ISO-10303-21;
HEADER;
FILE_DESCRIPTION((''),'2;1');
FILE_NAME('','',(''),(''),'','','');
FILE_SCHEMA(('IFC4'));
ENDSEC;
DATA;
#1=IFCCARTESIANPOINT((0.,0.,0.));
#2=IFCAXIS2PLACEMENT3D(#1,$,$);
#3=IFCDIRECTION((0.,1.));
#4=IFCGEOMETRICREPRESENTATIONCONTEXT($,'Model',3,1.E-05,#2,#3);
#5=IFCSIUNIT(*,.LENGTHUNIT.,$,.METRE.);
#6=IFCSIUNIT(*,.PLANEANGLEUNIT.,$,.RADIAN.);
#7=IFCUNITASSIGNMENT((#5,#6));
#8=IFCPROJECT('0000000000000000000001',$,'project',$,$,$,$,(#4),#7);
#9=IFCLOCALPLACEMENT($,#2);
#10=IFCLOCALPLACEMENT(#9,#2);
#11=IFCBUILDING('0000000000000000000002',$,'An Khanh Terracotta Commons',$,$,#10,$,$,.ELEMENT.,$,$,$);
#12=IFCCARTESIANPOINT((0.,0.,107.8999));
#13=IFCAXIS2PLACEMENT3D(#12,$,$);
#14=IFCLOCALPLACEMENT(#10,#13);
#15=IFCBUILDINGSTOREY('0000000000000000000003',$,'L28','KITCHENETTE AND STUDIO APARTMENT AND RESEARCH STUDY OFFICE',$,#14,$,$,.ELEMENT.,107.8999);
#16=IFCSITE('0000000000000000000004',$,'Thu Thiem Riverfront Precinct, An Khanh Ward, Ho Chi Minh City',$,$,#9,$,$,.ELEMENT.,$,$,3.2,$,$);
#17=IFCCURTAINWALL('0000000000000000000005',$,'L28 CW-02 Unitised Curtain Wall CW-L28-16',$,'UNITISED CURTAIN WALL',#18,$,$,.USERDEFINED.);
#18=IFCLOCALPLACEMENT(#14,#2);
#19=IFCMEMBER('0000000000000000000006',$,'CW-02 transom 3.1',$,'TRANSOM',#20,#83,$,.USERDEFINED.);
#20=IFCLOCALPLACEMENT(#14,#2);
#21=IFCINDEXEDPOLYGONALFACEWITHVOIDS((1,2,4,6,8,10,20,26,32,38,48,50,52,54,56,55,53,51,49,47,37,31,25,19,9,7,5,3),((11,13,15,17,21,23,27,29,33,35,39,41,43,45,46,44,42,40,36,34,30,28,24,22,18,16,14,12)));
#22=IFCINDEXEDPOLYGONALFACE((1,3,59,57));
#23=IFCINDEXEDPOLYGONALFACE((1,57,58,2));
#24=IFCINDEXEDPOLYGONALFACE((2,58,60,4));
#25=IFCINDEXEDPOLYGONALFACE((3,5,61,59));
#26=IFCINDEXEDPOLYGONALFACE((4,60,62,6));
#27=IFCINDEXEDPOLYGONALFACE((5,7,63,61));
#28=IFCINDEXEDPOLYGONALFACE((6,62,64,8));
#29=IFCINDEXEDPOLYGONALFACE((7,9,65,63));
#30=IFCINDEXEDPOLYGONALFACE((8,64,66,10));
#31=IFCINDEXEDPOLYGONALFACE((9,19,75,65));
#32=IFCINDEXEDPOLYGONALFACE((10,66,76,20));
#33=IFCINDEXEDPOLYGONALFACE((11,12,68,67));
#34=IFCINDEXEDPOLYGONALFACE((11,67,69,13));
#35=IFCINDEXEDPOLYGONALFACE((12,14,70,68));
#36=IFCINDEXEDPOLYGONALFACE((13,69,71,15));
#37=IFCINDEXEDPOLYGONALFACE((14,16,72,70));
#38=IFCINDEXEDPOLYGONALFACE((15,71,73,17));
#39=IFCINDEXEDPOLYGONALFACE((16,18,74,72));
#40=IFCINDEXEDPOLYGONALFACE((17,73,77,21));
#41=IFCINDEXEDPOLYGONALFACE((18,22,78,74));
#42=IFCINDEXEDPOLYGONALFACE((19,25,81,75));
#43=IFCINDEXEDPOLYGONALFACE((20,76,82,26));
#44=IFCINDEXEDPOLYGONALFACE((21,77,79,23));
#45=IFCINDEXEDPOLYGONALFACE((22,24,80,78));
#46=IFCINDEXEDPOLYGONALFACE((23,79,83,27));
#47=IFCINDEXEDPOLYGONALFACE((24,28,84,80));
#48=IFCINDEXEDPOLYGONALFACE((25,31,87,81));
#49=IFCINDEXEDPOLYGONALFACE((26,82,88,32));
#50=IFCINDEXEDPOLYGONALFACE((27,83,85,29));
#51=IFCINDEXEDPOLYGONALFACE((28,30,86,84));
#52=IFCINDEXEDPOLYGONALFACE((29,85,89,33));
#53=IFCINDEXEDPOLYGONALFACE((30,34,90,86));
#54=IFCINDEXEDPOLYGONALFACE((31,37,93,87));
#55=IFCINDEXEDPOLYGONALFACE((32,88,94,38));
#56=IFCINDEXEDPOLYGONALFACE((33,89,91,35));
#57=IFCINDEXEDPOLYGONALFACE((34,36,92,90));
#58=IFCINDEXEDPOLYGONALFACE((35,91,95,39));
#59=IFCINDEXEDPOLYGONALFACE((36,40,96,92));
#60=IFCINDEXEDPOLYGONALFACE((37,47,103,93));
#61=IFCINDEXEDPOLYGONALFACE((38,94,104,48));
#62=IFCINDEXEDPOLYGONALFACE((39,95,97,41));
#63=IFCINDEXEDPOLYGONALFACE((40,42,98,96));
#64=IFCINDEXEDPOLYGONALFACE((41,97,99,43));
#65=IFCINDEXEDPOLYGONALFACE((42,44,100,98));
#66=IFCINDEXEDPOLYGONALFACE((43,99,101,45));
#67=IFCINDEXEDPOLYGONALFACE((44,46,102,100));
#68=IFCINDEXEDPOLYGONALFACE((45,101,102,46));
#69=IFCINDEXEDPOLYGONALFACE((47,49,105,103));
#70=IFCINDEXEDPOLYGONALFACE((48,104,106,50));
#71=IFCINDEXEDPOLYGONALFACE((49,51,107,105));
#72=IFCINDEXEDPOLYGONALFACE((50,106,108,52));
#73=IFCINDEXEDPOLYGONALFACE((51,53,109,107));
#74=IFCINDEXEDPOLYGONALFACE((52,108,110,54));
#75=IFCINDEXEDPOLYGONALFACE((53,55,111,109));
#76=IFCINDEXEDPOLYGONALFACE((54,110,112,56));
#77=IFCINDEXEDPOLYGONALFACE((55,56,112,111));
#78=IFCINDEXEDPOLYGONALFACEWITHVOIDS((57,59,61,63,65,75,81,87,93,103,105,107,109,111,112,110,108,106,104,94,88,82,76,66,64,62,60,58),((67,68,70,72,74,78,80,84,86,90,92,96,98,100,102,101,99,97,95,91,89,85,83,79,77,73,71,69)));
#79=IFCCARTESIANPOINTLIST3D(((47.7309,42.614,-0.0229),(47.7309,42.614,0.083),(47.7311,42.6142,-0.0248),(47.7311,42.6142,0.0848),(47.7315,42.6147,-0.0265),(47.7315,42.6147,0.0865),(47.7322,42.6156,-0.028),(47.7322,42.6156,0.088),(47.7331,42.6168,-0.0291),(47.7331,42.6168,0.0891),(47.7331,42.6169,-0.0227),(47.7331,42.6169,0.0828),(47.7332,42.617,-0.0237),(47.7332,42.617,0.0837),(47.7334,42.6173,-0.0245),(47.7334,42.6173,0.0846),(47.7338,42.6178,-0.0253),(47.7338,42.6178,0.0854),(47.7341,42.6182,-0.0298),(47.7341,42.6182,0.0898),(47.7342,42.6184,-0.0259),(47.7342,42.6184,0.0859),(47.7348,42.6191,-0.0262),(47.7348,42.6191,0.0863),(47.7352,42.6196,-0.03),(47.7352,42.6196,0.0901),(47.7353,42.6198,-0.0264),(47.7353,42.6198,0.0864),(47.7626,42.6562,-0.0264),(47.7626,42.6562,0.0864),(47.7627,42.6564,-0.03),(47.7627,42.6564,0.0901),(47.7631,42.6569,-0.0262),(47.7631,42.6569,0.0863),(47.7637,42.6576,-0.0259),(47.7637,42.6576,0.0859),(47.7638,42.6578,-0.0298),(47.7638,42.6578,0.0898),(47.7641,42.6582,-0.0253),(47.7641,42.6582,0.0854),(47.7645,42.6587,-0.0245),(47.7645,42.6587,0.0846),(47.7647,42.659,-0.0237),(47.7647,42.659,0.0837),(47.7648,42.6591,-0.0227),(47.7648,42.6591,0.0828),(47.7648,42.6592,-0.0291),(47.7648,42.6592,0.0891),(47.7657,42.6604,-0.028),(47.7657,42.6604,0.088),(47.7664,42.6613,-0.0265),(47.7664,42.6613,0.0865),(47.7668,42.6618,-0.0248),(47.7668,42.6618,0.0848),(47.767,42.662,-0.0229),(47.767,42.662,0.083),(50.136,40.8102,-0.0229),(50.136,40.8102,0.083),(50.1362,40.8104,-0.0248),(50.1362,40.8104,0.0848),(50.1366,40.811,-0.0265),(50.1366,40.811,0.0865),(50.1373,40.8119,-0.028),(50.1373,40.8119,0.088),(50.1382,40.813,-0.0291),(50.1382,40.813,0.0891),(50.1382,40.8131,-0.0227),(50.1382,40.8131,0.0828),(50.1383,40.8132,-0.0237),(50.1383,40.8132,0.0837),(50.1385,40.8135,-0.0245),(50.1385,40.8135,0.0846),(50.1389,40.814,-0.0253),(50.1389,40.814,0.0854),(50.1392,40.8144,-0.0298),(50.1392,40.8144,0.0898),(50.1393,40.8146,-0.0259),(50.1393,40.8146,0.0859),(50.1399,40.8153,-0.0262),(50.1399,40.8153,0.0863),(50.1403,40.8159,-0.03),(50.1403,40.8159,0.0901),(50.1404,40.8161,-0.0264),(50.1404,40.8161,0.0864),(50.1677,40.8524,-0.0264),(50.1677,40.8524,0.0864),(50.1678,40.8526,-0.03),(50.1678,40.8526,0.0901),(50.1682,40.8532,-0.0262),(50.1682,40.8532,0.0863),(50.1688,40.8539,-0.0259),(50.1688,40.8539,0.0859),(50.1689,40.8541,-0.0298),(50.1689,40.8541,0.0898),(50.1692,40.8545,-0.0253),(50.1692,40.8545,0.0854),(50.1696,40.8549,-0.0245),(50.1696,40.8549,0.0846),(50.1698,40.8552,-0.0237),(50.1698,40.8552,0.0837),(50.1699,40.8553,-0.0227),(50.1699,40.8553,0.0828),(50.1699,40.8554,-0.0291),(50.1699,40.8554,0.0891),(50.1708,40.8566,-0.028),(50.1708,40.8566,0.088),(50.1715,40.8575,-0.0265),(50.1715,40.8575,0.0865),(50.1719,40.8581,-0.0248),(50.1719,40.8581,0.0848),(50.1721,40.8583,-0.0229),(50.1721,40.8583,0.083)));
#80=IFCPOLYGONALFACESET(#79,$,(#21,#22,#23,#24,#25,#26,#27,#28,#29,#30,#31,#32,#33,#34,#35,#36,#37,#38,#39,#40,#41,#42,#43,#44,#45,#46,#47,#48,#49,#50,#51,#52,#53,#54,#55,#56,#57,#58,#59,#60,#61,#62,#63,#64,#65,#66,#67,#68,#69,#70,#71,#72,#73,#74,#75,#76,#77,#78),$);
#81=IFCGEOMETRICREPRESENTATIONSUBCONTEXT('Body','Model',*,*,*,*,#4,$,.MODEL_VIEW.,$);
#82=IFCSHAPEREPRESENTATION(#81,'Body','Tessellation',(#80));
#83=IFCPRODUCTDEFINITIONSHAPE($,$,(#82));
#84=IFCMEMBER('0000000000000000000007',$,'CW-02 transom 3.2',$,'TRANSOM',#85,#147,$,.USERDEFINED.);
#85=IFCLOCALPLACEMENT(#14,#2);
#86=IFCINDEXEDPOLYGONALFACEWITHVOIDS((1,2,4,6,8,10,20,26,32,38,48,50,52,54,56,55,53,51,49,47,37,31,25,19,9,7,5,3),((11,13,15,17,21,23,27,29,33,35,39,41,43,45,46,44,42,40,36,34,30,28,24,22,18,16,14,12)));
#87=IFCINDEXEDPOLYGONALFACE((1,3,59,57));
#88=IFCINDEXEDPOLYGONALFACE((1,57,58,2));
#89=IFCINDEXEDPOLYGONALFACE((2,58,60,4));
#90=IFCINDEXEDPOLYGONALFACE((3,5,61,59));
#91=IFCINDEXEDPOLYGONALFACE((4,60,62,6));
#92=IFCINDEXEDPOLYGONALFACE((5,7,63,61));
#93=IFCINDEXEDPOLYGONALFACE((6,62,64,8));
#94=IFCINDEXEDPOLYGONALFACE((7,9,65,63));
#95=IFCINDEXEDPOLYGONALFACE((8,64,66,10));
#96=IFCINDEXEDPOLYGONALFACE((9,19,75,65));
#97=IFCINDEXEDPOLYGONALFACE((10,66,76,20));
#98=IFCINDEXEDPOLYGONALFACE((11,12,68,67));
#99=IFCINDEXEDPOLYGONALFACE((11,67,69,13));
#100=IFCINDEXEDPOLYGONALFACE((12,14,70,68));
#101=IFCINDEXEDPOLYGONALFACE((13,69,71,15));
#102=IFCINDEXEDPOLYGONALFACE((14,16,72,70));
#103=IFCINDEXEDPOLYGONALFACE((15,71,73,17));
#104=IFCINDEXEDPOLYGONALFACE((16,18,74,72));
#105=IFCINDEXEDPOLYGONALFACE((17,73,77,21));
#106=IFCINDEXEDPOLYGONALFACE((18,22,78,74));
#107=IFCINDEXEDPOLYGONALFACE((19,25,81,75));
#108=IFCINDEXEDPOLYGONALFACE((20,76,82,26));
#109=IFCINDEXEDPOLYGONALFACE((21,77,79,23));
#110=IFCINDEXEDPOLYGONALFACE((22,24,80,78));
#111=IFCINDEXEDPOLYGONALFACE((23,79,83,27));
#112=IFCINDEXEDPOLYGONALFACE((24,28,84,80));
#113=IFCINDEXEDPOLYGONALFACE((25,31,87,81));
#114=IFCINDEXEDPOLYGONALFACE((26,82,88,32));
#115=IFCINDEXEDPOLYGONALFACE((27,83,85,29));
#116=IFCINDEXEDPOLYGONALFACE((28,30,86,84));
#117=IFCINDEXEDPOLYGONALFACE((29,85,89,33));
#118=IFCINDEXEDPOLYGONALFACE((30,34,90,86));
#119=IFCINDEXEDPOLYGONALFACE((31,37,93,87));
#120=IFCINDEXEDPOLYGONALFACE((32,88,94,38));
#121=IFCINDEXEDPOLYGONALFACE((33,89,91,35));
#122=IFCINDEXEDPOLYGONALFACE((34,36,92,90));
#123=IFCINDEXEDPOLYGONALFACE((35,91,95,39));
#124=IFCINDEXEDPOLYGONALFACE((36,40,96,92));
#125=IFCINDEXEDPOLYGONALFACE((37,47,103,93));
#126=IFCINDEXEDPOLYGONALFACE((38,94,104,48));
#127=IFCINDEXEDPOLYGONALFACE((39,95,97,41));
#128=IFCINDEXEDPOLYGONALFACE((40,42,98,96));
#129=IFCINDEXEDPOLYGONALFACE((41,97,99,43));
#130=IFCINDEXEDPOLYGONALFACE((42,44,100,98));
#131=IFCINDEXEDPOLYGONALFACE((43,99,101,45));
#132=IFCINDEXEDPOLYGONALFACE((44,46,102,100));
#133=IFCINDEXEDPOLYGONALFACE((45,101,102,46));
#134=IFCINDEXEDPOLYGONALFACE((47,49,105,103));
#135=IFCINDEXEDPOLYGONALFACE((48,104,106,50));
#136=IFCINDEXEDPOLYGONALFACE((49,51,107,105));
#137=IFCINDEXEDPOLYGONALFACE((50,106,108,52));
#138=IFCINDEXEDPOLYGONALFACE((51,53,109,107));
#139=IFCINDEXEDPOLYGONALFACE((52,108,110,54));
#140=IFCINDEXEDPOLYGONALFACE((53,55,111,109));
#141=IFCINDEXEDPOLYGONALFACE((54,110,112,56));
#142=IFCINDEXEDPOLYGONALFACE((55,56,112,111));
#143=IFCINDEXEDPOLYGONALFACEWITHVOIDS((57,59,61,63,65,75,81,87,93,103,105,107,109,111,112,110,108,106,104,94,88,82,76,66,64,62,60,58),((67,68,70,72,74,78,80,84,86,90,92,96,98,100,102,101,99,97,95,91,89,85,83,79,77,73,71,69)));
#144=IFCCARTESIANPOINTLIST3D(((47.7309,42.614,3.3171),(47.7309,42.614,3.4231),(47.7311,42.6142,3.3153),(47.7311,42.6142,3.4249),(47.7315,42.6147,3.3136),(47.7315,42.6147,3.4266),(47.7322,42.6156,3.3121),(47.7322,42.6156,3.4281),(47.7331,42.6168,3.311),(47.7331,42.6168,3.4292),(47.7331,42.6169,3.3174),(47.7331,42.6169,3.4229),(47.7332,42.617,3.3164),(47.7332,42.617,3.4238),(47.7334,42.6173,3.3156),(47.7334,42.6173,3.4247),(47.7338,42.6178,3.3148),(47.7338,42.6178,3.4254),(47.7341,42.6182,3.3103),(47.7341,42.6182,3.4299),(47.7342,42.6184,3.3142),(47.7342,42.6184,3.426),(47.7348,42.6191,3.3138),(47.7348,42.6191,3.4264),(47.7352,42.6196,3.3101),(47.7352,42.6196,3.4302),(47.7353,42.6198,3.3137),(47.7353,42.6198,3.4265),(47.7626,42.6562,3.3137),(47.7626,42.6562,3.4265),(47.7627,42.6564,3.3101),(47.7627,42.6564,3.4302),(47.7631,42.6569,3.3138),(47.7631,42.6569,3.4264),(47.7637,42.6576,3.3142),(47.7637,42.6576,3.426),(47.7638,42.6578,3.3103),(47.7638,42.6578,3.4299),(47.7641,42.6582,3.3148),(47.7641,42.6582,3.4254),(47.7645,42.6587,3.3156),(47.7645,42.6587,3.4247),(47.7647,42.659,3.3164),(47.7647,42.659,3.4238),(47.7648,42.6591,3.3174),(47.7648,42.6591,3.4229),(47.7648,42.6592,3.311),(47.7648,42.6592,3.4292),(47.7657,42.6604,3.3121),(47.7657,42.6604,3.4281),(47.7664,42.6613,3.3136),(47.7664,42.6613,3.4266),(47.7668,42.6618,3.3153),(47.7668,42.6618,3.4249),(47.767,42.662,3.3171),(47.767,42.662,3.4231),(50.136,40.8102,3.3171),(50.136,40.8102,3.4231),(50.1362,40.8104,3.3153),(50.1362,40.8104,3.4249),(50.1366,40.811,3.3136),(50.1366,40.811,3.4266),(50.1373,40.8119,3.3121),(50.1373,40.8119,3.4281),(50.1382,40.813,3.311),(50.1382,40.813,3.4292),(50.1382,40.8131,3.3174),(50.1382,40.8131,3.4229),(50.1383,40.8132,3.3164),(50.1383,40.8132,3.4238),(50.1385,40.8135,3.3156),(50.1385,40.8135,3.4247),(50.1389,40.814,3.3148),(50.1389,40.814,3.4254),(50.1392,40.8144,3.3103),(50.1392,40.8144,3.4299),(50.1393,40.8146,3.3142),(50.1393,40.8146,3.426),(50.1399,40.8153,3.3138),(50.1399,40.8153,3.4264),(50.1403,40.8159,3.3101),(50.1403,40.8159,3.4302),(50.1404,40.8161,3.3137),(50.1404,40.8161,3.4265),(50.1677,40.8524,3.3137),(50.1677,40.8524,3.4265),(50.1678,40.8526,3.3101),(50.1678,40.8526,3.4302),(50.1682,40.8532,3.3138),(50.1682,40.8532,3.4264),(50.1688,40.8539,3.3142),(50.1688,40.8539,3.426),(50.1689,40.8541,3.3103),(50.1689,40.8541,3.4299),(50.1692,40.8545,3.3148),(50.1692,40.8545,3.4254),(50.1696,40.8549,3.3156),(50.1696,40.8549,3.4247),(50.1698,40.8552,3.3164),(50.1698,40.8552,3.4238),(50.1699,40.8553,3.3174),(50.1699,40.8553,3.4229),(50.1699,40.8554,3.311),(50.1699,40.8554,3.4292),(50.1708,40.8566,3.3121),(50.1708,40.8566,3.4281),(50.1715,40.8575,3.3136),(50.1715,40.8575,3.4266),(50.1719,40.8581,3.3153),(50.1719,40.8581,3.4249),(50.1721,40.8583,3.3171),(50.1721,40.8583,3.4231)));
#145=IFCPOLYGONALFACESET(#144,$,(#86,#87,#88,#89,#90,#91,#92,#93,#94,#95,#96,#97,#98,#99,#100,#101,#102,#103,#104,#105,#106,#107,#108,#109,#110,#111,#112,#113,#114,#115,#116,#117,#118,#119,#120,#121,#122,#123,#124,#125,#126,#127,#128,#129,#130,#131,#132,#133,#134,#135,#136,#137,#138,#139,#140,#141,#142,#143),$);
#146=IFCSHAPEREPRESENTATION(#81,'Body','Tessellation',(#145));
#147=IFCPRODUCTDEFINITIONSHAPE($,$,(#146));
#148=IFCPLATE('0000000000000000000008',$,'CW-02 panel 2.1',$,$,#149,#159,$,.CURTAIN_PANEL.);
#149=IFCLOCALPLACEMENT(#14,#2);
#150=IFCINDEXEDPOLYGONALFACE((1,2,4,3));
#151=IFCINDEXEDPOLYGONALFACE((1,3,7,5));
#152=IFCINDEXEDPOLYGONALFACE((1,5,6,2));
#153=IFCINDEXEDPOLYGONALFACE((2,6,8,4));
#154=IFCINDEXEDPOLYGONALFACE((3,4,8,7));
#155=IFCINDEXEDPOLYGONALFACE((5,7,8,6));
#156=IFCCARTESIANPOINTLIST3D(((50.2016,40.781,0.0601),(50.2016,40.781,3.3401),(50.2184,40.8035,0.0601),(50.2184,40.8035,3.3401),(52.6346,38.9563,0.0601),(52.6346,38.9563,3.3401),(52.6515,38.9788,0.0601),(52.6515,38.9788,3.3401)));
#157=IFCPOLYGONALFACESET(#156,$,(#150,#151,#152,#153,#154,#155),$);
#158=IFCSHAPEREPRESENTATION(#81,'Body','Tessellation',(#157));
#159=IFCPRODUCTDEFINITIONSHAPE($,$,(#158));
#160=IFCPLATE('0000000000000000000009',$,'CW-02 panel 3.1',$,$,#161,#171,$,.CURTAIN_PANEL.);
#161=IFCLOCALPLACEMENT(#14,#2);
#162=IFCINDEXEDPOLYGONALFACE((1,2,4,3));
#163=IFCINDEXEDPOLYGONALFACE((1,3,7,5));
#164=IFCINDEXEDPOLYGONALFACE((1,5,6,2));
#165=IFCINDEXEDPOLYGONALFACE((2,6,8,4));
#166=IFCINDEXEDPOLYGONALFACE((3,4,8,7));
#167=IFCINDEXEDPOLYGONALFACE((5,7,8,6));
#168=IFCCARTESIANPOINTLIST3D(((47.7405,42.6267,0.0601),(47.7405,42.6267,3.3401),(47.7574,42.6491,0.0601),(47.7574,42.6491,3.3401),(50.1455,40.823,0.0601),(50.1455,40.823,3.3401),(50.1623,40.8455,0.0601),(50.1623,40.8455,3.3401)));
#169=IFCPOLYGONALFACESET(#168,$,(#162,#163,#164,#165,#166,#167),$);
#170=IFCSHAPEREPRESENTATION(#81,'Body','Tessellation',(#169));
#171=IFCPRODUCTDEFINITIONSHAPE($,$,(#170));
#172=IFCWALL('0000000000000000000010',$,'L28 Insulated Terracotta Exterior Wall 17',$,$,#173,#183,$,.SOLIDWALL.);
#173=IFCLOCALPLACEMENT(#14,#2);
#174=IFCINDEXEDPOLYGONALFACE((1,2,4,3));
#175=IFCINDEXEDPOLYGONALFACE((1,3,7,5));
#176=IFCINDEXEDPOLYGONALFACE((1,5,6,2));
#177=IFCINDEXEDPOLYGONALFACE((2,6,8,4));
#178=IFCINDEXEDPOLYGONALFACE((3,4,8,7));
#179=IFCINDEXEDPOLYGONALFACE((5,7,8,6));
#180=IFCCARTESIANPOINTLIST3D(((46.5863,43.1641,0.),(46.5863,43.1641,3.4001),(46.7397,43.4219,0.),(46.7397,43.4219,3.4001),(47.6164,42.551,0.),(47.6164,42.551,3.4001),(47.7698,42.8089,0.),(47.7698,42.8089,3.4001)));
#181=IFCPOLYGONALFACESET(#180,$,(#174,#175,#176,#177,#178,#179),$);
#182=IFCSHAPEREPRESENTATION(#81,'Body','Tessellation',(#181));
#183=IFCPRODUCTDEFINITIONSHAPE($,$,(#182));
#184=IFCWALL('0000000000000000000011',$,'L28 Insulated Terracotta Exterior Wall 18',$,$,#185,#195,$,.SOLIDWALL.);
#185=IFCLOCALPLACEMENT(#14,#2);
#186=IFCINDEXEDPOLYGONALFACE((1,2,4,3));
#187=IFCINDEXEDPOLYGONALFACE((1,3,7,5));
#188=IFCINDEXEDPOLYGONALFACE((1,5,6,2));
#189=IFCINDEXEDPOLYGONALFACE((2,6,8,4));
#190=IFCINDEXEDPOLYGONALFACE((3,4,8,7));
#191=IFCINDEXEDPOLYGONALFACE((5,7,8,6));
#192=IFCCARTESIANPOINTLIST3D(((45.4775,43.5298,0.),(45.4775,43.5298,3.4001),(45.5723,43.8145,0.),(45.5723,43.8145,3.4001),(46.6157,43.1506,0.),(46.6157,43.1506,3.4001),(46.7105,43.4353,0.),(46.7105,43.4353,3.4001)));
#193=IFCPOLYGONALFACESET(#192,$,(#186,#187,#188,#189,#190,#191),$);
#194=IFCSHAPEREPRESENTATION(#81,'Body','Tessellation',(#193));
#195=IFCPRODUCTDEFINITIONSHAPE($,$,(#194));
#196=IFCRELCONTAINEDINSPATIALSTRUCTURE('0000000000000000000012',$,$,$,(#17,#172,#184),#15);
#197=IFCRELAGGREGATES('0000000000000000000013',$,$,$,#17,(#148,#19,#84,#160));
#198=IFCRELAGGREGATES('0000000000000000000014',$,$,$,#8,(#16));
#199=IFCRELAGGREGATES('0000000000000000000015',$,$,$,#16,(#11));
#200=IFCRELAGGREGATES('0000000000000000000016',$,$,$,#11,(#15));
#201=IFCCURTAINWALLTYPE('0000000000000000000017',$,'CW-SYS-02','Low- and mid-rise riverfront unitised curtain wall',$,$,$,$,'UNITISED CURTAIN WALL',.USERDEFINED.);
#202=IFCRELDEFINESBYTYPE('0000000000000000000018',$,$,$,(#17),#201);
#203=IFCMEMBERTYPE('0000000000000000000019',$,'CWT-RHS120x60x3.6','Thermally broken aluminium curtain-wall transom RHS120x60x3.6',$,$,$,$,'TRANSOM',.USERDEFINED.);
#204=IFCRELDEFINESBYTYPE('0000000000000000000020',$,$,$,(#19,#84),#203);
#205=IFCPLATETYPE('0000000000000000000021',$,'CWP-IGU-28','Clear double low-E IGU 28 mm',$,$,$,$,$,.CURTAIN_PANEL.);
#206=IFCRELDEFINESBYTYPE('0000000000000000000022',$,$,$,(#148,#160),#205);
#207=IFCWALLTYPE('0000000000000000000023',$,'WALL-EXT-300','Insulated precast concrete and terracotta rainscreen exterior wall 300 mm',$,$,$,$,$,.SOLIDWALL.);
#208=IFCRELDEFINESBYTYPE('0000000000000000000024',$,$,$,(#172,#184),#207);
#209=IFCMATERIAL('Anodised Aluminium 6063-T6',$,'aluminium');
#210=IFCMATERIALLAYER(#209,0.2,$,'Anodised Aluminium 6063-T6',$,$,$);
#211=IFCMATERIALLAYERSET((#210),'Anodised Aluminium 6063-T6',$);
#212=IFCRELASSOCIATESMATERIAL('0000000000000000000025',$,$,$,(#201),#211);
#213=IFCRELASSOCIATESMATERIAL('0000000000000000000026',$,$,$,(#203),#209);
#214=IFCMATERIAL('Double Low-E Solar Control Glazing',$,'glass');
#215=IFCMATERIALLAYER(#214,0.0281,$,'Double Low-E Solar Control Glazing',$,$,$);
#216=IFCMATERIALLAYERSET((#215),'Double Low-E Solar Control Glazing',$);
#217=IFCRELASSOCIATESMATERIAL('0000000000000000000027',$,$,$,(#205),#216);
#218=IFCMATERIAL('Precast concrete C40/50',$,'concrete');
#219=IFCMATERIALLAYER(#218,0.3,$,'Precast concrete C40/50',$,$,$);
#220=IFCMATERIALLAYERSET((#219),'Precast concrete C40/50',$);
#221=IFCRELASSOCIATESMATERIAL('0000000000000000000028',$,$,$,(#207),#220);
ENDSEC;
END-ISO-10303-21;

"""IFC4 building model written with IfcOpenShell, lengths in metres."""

from ifc_helpers import new_model, si_unit, direction, frame, frame_2d, origin, origin_2d, place, context, subcontext, project, spatial, rectangle, hollow_rectangle, extrude, material, layer, layer_set, material_profile, profile_set, type_object, element, aggregate, save


model = new_model("IFC4")

# Units and contexts
model_context = context("Model", 3, precision=1e-05, world=origin(), true_north=direction((0.0, 1.0)))
body_context = subcontext(model_context, "Body", "Model", "MODEL_VIEW")
ifc_project = project(units=[si_unit("LENGTHUNIT", "METRE"), si_unit("PLANEANGLEUNIT", "RADIAN")], contexts=[model_context])

# Site, building, storey
site_placement = place(None, origin())
site = spatial("IfcSite", under=ifc_project, at=site_placement, Name="Thu Thiem Riverfront Precinct, An Khanh Ward, Ho Chi Minh City", CompositionType="ELEMENT", RefElevation=3.2)
building_placement = place(site_placement, origin())
building = spatial("IfcBuilding", under=site, at=building_placement, Name="An Khanh Terracotta Commons", CompositionType="ELEMENT")
storey_placement = place(building_placement, frame((0.0, 0.0, 107.8999)))
storey = spatial("IfcBuildingStorey", under=building, at=storey_placement, Name="L28", Description="KITCHENETTE AND STUDIO APARTMENT AND RESEARCH STUDY OFFICE", CompositionType="ELEMENT", Elevation=107.8999)

# Curtain wall, members, plates
ifc_material_1 = material(Name="Anodised Aluminium 6063-T6", Category="aluminium")
ifc_layer_1 = layer(ifc_material_1, 0.2, Name="Anodised Aluminium 6063-T6")
ifc_layer_set_1 = layer_set([ifc_layer_1], Name="Anodised Aluminium 6063-T6")
curtain_wall_type = type_object("IfcCurtainWallType", Name="CW-SYS-02", Description="Low- and mid-rise riverfront unitised curtain wall", ElementType="UNITISED CURTAIN WALL", PredefinedType="USERDEFINED", material=ifc_layer_set_1)
curtain_wall_placement = place(storey_placement, origin())
curtain_wall = element("IfcCurtainWall", 1, at=curtain_wall_placement, inside=storey, type_object=curtain_wall_type, Name="L28 CW-02 Unitised Curtain Wall CW-L28-16", ObjectType="UNITISED CURTAIN WALL", PredefinedType="USERDEFINED")
ifc_material_profile_1 = material_profile(ifc_material_1, hollow_rectangle(XDim=0.0601, YDim=0.1201, WallThickness=0.0037, InnerFilletRadius=0.0037, OuterFilletRadius=0.0071, at=origin_2d()), Name="RHS120x60x3.6")
ifc_profile_set_1 = profile_set([ifc_material_profile_1], Name="Anodised Aluminium 6063-T6")
member_type_1 = type_object("IfcMemberType", Name="CWT-RHS120x60x3.6", Description="Thermally broken aluminium curtain-wall transom RHS120x60x3.6", ElementType="TRANSOM", PredefinedType="USERDEFINED", material=ifc_profile_set_1)
member_1_placement = place(storey_placement, frame((50.1541, 40.8342, 0.03), z_axis=(-0.80001, 0.599987, 0.0), x_axis=(-0.599987, -0.80001, 0.0)))
member_1 = element("IfcMember", 2, at=member_1_placement, type_object=member_type_1, Name="CW-02 transom 3.1", ObjectType="TRANSOM", PredefinedType="USERDEFINED", context=body_context, shape_type="SweptSolid", body=[
    extrude(hollow_rectangle(XDim=0.0601, YDim=0.1201, WallThickness=0.0037, InnerFilletRadius=0.0037, OuterFilletRadius=0.0071, at=origin_2d()), origin(), (0.0, 0.0, 1.0), 3.0063),
])
member_2_placement = place(storey_placement, frame((50.1541, 40.8342, 3.3701), z_axis=(-0.80001, 0.599987, 0.0), x_axis=(-0.599987, -0.80001, 0.0)))
member_2 = element("IfcMember", 3, at=member_2_placement, type_object=member_type_1, Name="CW-02 transom 3.2", ObjectType="TRANSOM", PredefinedType="USERDEFINED", context=body_context, shape_type="SweptSolid", body=[
    extrude(hollow_rectangle(XDim=0.0601, YDim=0.1201, WallThickness=0.0037, InnerFilletRadius=0.0037, OuterFilletRadius=0.0071, at=origin_2d()), origin(), (0.0, 0.0, 1.0), 3.0063),
])
ifc_material_2 = material(Name="Double Low-E Solar Control Glazing", Category="glass")
ifc_layer_2 = layer(ifc_material_2, 0.0281, Name="Double Low-E Solar Control Glazing")
ifc_layer_set_2 = layer_set([ifc_layer_2], Name="Double Low-E Solar Control Glazing")
plate_type = type_object("IfcPlateType", Name="CWP-IGU-28", Description="Clear double low-E IGU 28 mm", PredefinedType="CURTAIN_PANEL", material=ifc_layer_set_2)
plate_1_placement = place(storey_placement, frame((51.4265, 39.8799, 0.0601), z_axis=(0.0, 0.0, 1.0), x_axis=(-0.800013, 0.599983, 0.0)))
plate_1 = element("IfcPlate", 4, at=plate_1_placement, type_object=plate_type, Name="CW-02 panel 2.1", PredefinedType="CURTAIN_PANEL", context=body_context, shape_type="SweptSolid", body=[
    extrude(rectangle(XDim=3.0413, YDim=0.0281, at=origin_2d()), origin(), (0.0, 0.0, 1.0), 3.28),
])
plate_2_placement = place(storey_placement, frame((48.9514, 41.7361, 0.0601), z_axis=(0.0, 0.0, 1.0), x_axis=(-0.800013, 0.599983, 0.0)))
plate_2 = element("IfcPlate", 5, at=plate_2_placement, type_object=plate_type, Name="CW-02 panel 3.1", PredefinedType="CURTAIN_PANEL", context=body_context, shape_type="SweptSolid", body=[
    extrude(rectangle(XDim=3.0061, YDim=0.0281, at=origin_2d()), origin(), (0.0, 0.0, 1.0), 3.28),
])
aggregate(curtain_wall, [plate_1, member_1, member_2, plate_2])

# Walls
ifc_material_3 = material(Name="Precast concrete C40/50", Category="concrete")
ifc_layer_3 = layer(ifc_material_3, 0.3, Name="Precast concrete C40/50")
ifc_layer_set_3 = layer_set([ifc_layer_3], Name="Precast concrete C40/50")
wall_type = type_object("IfcWallType", Name="WALL-EXT-300", Description="Insulated precast concrete and terracotta rainscreen exterior wall 300 mm", PredefinedType="SOLIDWALL", material=ifc_layer_set_3)
wall_1_placement = place(storey_placement, frame((47.6931, 42.6799, 0.0), z_axis=(0.0, 0.0, 1.0), x_axis=(-0.859321, 0.511437, 0.0)))
element("IfcWall", 6, at=wall_1_placement, inside=storey, type_object=wall_type, Name="L28 Insulated Terracotta Exterior Wall 17", PredefinedType="SOLIDWALL", context=body_context, shape_type="SweptSolid", body=[
    extrude(rectangle(XDim=1.1987, YDim=0.3, at=frame_2d((0.5994, 0.0))), origin(), (0.0, 0.0, 1.0), 3.4001),
])
wall_2_placement = place(storey_placement, frame((46.6631, 43.293, 0.0), z_axis=(0.0, 0.0, 1.0), x_axis=(-0.948744, 0.316045, 0.0)))
element("IfcWall", 7, at=wall_2_placement, inside=storey, type_object=wall_type, Name="L28 Insulated Terracotta Exterior Wall 18", PredefinedType="SOLIDWALL", context=body_context, shape_type="SweptSolid", body=[
    extrude(rectangle(XDim=1.1997, YDim=0.3, at=frame_2d((0.5999, 0.0))), origin(), (0.0, 0.0, 1.0), 3.4001),
])

save(model, "model.ifc")
